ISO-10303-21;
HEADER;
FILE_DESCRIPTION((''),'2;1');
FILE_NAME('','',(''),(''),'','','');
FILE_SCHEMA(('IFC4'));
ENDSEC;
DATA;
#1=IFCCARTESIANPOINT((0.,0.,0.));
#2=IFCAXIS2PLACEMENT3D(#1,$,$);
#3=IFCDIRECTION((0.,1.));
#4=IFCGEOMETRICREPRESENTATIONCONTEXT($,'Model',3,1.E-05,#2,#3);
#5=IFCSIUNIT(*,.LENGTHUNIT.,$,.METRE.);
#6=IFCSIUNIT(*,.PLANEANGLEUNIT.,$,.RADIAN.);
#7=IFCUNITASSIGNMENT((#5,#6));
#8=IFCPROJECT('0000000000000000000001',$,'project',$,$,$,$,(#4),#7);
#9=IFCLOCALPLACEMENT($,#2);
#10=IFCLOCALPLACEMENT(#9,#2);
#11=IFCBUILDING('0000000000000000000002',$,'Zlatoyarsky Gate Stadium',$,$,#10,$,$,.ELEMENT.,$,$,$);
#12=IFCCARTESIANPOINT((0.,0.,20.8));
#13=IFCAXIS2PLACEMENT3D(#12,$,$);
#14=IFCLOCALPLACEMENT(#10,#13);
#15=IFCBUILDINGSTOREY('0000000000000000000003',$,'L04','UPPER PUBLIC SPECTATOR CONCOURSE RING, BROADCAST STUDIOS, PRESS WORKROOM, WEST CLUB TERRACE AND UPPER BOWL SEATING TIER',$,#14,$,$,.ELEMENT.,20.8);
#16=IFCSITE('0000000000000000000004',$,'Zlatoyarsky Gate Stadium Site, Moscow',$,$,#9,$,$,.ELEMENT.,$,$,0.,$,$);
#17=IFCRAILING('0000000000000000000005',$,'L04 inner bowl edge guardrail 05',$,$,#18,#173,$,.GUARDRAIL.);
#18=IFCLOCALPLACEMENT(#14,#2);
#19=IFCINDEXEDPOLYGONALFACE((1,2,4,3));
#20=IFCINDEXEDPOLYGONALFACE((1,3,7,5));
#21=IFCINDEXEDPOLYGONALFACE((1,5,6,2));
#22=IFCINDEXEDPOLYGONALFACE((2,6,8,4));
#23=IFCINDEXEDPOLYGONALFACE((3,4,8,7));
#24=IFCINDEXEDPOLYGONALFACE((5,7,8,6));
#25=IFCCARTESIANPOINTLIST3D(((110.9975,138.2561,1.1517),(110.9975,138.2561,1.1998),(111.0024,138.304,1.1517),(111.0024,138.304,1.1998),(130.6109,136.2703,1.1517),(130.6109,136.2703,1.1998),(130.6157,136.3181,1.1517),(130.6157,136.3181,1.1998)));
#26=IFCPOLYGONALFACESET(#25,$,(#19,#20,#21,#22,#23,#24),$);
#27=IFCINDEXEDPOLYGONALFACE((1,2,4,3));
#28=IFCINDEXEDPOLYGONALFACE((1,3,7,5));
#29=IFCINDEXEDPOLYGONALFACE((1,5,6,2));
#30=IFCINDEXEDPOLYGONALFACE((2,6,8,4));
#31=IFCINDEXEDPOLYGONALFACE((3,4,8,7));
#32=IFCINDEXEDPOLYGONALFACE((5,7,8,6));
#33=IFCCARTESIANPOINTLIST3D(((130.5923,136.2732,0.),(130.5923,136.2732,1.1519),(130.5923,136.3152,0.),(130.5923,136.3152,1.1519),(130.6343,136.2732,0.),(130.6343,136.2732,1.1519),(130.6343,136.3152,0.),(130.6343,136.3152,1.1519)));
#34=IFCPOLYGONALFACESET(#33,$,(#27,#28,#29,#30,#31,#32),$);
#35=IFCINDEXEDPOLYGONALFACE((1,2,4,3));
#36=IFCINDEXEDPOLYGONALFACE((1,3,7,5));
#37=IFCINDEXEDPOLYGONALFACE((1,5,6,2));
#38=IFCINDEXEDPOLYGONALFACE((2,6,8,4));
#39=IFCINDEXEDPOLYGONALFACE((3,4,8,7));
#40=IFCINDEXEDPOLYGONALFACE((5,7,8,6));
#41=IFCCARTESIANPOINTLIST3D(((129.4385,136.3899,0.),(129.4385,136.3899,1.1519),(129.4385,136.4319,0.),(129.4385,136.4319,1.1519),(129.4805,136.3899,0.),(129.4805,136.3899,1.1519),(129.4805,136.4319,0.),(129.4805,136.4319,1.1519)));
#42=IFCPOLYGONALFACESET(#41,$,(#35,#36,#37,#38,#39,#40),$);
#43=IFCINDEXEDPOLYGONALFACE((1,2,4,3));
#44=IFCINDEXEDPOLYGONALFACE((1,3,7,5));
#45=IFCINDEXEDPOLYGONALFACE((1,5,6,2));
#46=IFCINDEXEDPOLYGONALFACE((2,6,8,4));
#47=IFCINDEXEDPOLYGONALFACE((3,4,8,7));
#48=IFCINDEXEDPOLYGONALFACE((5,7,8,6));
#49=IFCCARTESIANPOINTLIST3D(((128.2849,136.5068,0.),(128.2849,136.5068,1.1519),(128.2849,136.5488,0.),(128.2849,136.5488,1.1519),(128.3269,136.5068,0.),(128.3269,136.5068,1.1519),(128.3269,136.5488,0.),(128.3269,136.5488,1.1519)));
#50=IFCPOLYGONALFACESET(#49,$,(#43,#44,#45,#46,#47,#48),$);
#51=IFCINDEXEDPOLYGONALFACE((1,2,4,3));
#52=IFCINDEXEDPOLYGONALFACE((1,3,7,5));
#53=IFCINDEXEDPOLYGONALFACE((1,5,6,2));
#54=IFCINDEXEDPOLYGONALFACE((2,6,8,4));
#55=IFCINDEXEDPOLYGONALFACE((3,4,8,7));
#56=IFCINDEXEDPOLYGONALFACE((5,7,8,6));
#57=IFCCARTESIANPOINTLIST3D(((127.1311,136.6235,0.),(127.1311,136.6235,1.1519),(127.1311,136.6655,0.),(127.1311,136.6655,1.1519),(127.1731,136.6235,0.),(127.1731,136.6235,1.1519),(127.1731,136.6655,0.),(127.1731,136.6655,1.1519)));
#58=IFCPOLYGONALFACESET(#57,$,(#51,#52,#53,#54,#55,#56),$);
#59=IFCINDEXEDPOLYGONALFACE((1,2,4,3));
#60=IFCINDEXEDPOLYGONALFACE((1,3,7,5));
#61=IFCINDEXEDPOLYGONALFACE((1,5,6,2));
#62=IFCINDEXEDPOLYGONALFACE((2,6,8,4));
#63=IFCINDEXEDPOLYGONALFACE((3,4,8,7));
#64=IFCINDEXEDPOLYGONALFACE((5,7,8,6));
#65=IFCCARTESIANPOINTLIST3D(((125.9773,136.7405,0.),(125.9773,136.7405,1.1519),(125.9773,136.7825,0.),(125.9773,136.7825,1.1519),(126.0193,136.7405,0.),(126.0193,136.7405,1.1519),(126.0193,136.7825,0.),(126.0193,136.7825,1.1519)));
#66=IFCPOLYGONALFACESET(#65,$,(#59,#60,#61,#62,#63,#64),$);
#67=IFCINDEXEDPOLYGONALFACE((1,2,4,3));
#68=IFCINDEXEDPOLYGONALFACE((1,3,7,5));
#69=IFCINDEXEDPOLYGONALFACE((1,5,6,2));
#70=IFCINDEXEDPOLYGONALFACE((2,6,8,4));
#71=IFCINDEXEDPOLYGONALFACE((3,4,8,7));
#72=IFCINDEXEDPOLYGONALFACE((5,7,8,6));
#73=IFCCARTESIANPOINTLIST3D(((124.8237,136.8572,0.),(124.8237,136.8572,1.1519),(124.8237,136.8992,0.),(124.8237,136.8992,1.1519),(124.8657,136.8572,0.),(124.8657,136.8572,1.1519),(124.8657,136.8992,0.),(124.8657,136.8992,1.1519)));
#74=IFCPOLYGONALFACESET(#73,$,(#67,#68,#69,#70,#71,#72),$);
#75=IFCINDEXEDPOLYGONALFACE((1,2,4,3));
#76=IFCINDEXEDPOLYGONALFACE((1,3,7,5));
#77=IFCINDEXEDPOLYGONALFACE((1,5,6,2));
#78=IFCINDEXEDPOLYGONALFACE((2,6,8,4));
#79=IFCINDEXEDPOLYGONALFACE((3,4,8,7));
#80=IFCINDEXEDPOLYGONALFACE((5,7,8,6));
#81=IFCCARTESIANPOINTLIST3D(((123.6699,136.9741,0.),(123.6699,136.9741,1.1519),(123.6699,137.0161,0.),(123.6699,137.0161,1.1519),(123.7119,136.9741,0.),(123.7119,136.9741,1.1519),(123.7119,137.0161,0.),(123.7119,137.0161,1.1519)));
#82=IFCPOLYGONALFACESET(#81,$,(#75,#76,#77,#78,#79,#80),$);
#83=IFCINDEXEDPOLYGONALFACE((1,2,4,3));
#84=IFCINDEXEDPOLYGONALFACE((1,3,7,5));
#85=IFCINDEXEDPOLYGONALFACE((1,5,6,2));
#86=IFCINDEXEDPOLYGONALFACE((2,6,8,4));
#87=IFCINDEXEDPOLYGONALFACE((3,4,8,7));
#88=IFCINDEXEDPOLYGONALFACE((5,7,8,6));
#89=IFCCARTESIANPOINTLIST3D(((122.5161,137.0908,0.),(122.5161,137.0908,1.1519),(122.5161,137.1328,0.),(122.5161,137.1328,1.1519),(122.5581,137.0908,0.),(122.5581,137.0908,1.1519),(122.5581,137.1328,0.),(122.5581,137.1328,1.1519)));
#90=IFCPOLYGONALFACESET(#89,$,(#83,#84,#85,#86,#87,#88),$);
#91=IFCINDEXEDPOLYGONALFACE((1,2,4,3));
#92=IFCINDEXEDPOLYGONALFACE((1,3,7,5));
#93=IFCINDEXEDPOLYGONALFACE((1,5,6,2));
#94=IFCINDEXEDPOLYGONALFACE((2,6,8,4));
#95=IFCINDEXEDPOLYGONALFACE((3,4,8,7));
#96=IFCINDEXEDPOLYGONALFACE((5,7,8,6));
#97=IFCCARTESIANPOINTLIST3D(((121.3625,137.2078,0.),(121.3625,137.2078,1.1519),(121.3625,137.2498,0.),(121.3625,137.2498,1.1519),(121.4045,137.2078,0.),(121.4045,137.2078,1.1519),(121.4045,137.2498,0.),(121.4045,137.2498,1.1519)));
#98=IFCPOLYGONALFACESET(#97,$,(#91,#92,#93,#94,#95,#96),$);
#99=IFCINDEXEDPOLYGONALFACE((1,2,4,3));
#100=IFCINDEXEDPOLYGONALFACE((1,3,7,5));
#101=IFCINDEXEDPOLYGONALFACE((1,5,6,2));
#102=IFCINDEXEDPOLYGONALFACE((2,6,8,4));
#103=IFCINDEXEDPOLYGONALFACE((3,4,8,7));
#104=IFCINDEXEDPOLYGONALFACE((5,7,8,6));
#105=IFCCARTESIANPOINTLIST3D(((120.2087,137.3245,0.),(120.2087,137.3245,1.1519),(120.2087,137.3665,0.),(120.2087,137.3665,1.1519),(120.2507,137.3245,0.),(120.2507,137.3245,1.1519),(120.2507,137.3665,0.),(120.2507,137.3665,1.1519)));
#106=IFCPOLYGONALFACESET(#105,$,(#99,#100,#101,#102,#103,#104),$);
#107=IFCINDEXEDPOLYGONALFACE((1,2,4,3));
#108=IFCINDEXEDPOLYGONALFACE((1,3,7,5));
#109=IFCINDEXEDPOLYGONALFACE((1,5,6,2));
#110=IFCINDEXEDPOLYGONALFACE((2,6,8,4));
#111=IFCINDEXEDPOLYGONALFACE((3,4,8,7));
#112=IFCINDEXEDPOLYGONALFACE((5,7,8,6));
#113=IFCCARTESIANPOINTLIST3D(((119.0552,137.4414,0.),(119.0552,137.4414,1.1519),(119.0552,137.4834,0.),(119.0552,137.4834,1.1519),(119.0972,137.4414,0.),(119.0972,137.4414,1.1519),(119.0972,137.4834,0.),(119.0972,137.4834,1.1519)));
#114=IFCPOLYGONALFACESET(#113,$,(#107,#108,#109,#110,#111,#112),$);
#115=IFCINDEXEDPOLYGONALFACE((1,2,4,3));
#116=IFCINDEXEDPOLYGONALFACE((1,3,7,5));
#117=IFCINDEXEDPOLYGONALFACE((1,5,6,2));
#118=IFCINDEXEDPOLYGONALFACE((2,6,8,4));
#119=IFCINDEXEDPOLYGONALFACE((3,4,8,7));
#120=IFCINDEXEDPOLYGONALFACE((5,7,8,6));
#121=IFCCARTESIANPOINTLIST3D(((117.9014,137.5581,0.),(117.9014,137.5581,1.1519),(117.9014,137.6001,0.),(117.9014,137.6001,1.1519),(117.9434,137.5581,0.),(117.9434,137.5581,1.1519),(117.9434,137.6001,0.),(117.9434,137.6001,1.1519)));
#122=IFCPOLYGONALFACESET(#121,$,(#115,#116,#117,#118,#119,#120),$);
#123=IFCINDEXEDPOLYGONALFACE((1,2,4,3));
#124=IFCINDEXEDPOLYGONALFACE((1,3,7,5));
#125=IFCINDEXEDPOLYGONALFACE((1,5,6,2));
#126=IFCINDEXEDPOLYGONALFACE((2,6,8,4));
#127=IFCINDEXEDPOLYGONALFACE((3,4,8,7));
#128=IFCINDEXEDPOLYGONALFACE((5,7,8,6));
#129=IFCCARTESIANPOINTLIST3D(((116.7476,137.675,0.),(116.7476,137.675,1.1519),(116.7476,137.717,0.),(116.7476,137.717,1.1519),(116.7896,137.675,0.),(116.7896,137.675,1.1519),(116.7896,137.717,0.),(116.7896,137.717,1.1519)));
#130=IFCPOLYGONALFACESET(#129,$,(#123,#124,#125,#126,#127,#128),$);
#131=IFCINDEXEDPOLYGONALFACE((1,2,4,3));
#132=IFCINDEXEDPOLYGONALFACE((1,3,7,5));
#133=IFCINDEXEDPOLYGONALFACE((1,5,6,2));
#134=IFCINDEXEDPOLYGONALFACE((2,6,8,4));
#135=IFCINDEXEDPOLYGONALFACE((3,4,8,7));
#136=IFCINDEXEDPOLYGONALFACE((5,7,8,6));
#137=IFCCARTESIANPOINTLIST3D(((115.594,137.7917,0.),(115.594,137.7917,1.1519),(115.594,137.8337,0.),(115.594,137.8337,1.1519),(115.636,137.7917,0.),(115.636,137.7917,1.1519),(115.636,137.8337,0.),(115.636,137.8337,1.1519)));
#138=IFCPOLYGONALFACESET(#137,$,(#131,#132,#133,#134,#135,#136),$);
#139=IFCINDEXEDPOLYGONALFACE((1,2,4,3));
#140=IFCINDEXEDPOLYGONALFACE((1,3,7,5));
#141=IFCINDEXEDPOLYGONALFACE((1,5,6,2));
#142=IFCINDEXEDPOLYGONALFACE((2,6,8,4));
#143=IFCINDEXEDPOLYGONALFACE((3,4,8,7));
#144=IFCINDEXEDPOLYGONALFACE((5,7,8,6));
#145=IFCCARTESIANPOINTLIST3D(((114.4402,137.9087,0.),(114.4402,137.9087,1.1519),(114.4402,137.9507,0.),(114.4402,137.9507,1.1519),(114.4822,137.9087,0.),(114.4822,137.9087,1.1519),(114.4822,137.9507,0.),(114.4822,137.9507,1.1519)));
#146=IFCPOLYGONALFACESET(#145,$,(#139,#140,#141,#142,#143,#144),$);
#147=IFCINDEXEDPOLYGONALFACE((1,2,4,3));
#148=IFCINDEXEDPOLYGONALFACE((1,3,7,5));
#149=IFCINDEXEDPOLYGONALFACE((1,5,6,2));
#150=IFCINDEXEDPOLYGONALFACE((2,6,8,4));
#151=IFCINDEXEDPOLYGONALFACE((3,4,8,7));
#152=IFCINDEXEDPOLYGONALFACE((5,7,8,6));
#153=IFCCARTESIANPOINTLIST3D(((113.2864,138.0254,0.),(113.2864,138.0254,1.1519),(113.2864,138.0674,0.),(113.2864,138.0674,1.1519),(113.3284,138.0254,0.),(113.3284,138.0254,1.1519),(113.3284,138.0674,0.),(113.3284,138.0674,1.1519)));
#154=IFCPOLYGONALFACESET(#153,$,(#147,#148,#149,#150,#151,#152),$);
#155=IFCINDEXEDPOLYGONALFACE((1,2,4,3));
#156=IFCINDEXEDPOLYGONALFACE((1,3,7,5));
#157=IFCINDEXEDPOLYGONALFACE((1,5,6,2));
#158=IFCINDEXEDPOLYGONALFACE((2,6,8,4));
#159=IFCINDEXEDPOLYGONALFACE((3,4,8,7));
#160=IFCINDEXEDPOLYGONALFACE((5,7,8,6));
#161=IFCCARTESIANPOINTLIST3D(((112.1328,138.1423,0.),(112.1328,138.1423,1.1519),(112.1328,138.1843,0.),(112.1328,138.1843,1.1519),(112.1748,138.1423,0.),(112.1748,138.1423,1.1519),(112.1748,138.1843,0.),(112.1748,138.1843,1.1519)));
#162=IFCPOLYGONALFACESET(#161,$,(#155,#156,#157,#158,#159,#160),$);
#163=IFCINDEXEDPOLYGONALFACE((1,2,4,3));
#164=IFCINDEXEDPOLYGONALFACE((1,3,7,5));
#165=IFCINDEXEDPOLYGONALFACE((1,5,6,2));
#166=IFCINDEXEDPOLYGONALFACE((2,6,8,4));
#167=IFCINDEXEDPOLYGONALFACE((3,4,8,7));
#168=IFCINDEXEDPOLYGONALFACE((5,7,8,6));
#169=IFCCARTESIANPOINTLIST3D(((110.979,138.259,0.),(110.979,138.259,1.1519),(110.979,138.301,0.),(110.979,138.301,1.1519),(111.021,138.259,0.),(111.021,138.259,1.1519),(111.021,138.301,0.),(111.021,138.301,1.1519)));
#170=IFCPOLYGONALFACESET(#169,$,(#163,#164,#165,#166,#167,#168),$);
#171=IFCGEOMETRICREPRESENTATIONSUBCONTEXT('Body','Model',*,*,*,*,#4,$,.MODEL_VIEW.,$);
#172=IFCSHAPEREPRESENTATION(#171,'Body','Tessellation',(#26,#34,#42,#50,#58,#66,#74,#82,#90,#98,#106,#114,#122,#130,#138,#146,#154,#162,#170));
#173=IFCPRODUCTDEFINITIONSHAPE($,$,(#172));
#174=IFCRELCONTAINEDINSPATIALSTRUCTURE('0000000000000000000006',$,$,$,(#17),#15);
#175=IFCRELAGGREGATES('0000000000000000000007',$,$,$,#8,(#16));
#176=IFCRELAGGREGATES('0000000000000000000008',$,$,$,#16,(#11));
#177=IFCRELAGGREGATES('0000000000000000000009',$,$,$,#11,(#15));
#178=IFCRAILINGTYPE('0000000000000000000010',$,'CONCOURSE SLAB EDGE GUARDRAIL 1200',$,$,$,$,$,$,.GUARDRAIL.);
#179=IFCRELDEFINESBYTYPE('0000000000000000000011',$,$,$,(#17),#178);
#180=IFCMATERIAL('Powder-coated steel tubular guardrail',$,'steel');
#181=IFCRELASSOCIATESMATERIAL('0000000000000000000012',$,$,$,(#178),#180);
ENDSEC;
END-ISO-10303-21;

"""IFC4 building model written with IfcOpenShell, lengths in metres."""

from ifc_helpers import new_model, si_unit, direction, frame, origin, origin_2d, place, context, subcontext, project, spatial, rectangle, extrude, material, type_object, element, save


model = new_model("IFC4")

# Units and contexts
model_context = context("Model", 3, precision=1e-05, world=origin(), true_north=direction((0.0, 1.0)))
body_context = subcontext(model_context, "Body", "Model", "MODEL_VIEW")
ifc_project = project(units=[si_unit("LENGTHUNIT", "METRE"), si_unit("PLANEANGLEUNIT", "RADIAN")], contexts=[model_context])

# Site, building, storey
site_placement = place(None, origin())
site = spatial("IfcSite", under=ifc_project, at=site_placement, Name="Zlatoyarsky Gate Stadium Site, Moscow", CompositionType="ELEMENT", RefElevation=0.0)
building_placement = place(site_placement, origin())
building = spatial("IfcBuilding", under=site, at=building_placement, Name="Zlatoyarsky Gate Stadium", CompositionType="ELEMENT")
storey_placement = place(building_placement, frame((0.0, 0.0, 20.8)))
storey = spatial("IfcBuildingStorey", under=building, at=storey_placement, Name="L04", Description="UPPER PUBLIC SPECTATOR CONCOURSE RING, BROADCAST STUDIOS, PRESS WORKROOM, WEST CLUB TERRACE AND UPPER BOWL SEATING TIER", CompositionType="ELEMENT", Elevation=20.8)

# Railing
ifc_material_1 = material(Name="Powder-coated steel tubular guardrail", Category="steel")
railing_type_1 = type_object("IfcRailingType", Name="CONCOURSE SLAB EDGE GUARDRAIL 1200", PredefinedType="GUARDRAIL", material=ifc_material_1)
railing_1_placement = place(storey_placement, frame((130.6133, 136.2942, 0.0)))
element("IfcRailing", 1, at=railing_1_placement, inside=storey, type_object=railing_type_1, Name="L04 inner bowl edge guardrail 05", PredefinedType="GUARDRAIL", context=body_context, shape_type="SweptSolid", body=[
    extrude(rectangle(XDim=0.0481, YDim=0.0481, at=origin_2d()), frame((0.0, 0.0, 1.1758), z_axis=(-0.994913, 0.100735, 0.0), x_axis=(-0.100735, -0.994913, 0.0)), (0.0, 0.0, 1.0), 19.7136),
    extrude(rectangle(XDim=0.042, YDim=0.042, at=origin_2d()), origin(), (0.0, 0.0, 1.0), 1.1519),
    extrude(rectangle(XDim=0.042, YDim=0.042, at=origin_2d()), frame((-1.1538, 0.1167, 0.0)), (0.0, 0.0, 1.0), 1.1519),
    extrude(rectangle(XDim=0.042, YDim=0.042, at=origin_2d()), frame((-2.3074, 0.2336, 0.0)), (0.0, 0.0, 1.0), 1.1519),
    extrude(rectangle(XDim=0.042, YDim=0.042, at=origin_2d()), frame((-3.4612, 0.3503, 0.0)), (0.0, 0.0, 1.0), 1.1519),
    extrude(rectangle(XDim=0.042, YDim=0.042, at=origin_2d()), frame((-4.615, 0.4673, 0.0)), (0.0, 0.0, 1.0), 1.1519),
    extrude(rectangle(XDim=0.042, YDim=0.042, at=origin_2d()), frame((-5.7686, 0.584, 0.0)), (0.0, 0.0, 1.0), 1.1519),
    extrude(rectangle(XDim=0.042, YDim=0.042, at=origin_2d()), frame((-6.9224, 0.7009, 0.0)), (0.0, 0.0, 1.0), 1.1519),
    extrude(rectangle(XDim=0.042, YDim=0.042, at=origin_2d()), frame((-8.0762, 0.8176, 0.0)), (0.0, 0.0, 1.0), 1.1519),
    extrude(rectangle(XDim=0.042, YDim=0.042, at=origin_2d()), frame((-9.2297, 0.9346, 0.0)), (0.0, 0.0, 1.0), 1.1519),
    extrude(rectangle(XDim=0.042, YDim=0.042, at=origin_2d()), frame((-10.3835, 1.0513, 0.0)), (0.0, 0.0, 1.0), 1.1519),
    extrude(rectangle(XDim=0.042, YDim=0.042, at=origin_2d()), frame((-11.5371, 1.1682, 0.0)), (0.0, 0.0, 1.0), 1.1519),
    extrude(rectangle(XDim=0.042, YDim=0.042, at=origin_2d()), frame((-12.6909, 1.2849, 0.0)), (0.0, 0.0, 1.0), 1.1519),
    extrude(rectangle(XDim=0.042, YDim=0.042, at=origin_2d()), frame((-13.8447, 1.4019, 0.0)), (0.0, 0.0, 1.0), 1.1519),
    extrude(rectangle(XDim=0.042, YDim=0.042, at=origin_2d()), frame((-14.9983, 1.5186, 0.0)), (0.0, 0.0, 1.0), 1.1519),
    extrude(rectangle(XDim=0.042, YDim=0.042, at=origin_2d()), frame((-16.1521, 1.6355, 0.0)), (0.0, 0.0, 1.0), 1.1519),
    extrude(rectangle(XDim=0.042, YDim=0.042, at=origin_2d()), frame((-17.3059, 1.7522, 0.0)), (0.0, 0.0, 1.0), 1.1519),
    extrude(rectangle(XDim=0.042, YDim=0.042, at=origin_2d()), frame((-18.4595, 1.8691, 0.0)), (0.0, 0.0, 1.0), 1.1519),
    extrude(rectangle(XDim=0.042, YDim=0.042, at=origin_2d()), frame((-19.6133, 1.9858, 0.0)), (0.0, 0.0, 1.0), 1.1519),
])

save(model, "model.ifc")
